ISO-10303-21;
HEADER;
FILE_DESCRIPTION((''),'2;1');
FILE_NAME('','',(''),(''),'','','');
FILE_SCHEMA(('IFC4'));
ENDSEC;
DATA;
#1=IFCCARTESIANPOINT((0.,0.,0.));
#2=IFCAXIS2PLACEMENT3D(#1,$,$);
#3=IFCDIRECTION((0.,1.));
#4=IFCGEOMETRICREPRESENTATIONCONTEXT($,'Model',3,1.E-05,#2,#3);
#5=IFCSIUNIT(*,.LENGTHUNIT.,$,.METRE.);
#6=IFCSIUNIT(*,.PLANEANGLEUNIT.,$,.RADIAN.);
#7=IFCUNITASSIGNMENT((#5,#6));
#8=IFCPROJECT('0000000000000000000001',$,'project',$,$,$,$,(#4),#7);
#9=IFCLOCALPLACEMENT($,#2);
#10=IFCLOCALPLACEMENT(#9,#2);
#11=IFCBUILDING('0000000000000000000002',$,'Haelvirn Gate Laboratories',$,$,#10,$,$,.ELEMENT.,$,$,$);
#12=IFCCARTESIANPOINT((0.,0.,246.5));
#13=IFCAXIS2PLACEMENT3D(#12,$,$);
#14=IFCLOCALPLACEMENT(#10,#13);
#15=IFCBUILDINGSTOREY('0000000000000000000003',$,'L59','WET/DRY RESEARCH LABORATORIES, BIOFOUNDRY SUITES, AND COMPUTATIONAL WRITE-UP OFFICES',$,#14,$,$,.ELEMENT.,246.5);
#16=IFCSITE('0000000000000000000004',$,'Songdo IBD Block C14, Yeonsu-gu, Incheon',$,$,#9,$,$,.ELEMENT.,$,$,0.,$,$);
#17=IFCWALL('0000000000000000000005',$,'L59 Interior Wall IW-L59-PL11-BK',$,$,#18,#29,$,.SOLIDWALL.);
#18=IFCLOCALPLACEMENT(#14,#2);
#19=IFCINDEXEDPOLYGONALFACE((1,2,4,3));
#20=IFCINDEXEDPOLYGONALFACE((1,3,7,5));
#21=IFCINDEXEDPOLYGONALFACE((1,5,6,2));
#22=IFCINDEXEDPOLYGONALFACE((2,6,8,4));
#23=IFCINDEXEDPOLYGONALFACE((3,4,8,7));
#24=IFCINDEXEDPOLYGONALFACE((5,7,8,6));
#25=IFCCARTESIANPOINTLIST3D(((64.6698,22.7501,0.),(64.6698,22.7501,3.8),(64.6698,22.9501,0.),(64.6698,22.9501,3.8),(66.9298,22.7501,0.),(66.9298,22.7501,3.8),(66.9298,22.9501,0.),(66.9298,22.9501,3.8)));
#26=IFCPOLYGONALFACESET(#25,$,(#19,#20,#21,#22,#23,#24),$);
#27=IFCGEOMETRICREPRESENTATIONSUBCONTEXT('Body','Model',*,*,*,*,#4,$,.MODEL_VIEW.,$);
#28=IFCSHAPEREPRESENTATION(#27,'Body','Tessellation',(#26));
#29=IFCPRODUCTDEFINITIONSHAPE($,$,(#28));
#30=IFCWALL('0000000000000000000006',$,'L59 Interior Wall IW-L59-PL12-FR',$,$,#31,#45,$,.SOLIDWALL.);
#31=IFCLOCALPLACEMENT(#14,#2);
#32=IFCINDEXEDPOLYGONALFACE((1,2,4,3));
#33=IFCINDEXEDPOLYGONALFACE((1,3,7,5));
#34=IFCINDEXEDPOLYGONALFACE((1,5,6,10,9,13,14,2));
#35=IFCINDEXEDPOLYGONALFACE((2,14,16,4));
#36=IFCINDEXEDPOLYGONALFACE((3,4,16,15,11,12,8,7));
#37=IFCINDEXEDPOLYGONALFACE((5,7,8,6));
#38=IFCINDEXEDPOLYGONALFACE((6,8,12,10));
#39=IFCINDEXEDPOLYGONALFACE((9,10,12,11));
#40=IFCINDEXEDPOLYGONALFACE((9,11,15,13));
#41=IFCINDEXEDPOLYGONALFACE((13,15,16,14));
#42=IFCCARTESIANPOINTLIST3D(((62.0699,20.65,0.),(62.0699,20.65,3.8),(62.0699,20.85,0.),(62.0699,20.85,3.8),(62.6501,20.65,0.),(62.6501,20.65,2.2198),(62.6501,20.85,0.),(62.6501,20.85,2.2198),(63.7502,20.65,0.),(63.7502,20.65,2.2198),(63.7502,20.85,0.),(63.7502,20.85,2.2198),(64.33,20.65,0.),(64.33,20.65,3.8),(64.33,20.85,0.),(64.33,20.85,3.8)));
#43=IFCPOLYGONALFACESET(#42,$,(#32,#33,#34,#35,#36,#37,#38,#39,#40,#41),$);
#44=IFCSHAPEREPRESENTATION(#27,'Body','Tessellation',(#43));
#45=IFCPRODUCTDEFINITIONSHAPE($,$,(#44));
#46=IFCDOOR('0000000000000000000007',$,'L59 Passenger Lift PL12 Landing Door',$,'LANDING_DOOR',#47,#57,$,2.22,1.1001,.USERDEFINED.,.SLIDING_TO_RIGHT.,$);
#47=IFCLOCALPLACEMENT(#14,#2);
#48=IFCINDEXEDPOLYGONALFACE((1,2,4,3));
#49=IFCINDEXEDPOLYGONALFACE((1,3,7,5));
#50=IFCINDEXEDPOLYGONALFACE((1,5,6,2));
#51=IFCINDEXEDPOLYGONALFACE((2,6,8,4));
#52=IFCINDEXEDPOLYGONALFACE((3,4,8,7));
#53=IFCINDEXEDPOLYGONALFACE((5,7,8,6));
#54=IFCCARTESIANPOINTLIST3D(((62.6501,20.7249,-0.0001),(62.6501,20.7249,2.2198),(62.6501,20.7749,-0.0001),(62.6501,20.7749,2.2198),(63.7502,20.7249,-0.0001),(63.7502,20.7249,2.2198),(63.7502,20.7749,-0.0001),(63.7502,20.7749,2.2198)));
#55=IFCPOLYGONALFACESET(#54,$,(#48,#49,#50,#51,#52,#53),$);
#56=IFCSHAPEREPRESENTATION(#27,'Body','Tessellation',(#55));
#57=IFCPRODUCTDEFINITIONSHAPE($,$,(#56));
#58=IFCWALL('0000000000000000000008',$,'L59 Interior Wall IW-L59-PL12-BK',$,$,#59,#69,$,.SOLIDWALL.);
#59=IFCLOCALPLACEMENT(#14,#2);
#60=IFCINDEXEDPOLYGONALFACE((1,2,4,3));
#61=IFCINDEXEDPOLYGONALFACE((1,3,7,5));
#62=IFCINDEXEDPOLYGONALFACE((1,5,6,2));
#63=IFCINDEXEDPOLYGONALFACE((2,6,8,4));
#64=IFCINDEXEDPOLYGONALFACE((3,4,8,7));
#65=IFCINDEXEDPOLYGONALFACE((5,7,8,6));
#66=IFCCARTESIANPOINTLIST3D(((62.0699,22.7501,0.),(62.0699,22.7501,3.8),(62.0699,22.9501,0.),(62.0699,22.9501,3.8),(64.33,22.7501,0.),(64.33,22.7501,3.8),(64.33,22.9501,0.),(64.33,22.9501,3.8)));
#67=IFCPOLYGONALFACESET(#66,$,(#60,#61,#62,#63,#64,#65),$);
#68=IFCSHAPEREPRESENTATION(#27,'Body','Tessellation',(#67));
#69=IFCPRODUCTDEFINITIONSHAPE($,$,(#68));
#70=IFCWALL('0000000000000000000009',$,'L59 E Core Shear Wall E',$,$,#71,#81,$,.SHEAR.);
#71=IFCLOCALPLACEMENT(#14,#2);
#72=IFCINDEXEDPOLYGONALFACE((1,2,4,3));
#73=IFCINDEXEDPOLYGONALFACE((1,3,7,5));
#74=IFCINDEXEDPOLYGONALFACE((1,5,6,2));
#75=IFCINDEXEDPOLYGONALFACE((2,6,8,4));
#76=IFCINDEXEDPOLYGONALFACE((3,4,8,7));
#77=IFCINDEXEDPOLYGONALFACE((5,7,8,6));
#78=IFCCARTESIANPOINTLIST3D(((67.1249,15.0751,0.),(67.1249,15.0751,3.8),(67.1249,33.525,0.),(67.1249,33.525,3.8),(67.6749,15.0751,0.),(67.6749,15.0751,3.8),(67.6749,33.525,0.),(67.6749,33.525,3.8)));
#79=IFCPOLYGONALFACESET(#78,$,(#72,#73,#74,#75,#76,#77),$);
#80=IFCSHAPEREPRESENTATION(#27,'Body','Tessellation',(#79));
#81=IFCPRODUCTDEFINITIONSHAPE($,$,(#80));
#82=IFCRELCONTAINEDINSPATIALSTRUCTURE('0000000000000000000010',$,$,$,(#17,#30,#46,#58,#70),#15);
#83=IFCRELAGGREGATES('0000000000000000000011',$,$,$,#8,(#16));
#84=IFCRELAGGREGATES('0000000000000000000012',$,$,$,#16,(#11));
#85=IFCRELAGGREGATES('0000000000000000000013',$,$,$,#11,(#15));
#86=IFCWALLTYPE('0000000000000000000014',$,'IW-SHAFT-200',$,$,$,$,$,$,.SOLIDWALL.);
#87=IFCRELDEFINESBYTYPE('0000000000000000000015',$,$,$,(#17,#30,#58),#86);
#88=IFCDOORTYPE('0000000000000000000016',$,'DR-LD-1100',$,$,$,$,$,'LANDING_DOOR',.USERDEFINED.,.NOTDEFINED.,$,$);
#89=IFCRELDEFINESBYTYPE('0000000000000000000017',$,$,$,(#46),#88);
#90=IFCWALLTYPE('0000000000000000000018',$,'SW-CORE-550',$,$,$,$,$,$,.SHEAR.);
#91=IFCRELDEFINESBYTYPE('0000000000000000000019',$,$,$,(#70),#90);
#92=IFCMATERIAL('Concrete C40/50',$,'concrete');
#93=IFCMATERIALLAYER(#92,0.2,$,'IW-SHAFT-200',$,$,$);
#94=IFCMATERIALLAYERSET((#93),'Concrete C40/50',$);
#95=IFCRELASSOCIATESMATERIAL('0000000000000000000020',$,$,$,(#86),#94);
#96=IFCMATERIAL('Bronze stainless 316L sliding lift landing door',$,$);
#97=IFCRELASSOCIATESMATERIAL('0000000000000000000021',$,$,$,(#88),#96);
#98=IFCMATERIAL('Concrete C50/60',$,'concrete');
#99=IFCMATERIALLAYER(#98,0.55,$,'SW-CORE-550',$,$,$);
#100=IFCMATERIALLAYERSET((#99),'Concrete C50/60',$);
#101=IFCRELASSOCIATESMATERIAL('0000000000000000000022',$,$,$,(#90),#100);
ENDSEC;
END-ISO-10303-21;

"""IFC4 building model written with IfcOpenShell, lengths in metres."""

from ifc_helpers import new_model, si_unit, direction, frame, frame_2d, origin, place, context, subcontext, project, spatial, rectangle, extrude, source, transform, mapped, material, layer, layer_set, type_object, type_shapes, element, fill, save


model = new_model("IFC4")

# Units and contexts
model_context = context("Model", 3, precision=1e-05, world=origin(), true_north=direction((0.0, 1.0)))
body_context = subcontext(model_context, "Body", "Model", "MODEL_VIEW")
ifc_project = project(units=[si_unit("LENGTHUNIT", "METRE"), si_unit("PLANEANGLEUNIT", "RADIAN")], contexts=[model_context])

# Site, building, storey
site_placement = place(None, origin())
site = spatial("IfcSite", under=ifc_project, at=site_placement, Name="Songdo IBD Block C14, Yeonsu-gu, Incheon", CompositionType="ELEMENT", RefElevation=0.0)
building_placement = place(site_placement, origin())
building = spatial("IfcBuilding", under=site, at=building_placement, Name="Haelvirn Gate Laboratories", CompositionType="ELEMENT")
storey_placement = place(building_placement, frame((0.0, 0.0, 246.5)))
storey = spatial("IfcBuildingStorey", under=building, at=storey_placement, Name="L59", Description="WET/DRY RESEARCH LABORATORIES, BIOFOUNDRY SUITES, AND COMPUTATIONAL WRITE-UP OFFICES", CompositionType="ELEMENT", Elevation=246.5)

# Shared definitions
ifc_material_1 = material(Name="Concrete C50/60", Category="concrete")

# Shared definitions
ifc_material_2 = material(Name="Concrete C40/50", Category="concrete")

# Shared definitions
ifc_layer_1 = layer(ifc_material_2, 0.2, Name="IW-SHAFT-200")
ifc_layer_set_1 = layer_set([ifc_layer_1], Name="Concrete C40/50")
wall_type_1 = type_object("IfcWallType", Name="IW-SHAFT-200", PredefinedType="SOLIDWALL", material=ifc_layer_set_1)
ifc_material_3 = material(Name="Bronze stainless 316L sliding lift landing door")
door_type_1 = type_object("IfcDoorType", Name="DR-LD-1100", ElementType="LANDING_DOOR", OperationType="NOTDEFINED", PredefinedType="USERDEFINED", material=ifc_material_3)
shared_shape_1 = source(origin(), body_context, "Body", "SweptSolid", [
    extrude(rectangle(XDim=1.1001, YDim=2.22, at=frame_2d((0.55, 1.1099))), frame((0.0, 0.0249, 0.0), z_axis=(0.0, -1.0, 0.0), x_axis=(1.0, 0.0, 0.0)), (0.0, 0.0, 1.0), 0.05),
])
type_shapes(door_type_1, [shared_shape_1])

# Wall
wall_1_placement = place(storey_placement, frame((64.6699, 22.8501, 0.0), z_axis=(0.0, 0.0, 1.0), x_axis=(1.0, 0.0, 0.0)))
element("IfcWall", 1, at=wall_1_placement, inside=storey, type_object=wall_type_1, Name="L59 Interior Wall IW-L59-PL11-BK", PredefinedType="SOLIDWALL", context=body_context, shape_type="SweptSolid", body=[
    extrude(rectangle(XDim=2.26, YDim=0.2, at=frame_2d((1.1299, 0.0))), origin(), (0.0, 0.0, 1.0), 3.8),
])

# Wall, opening, door
wall_2_placement = place(storey_placement, frame((62.0701, 20.75, 0.0), z_axis=(0.0, 0.0, 1.0), x_axis=(1.0, 0.0, 0.0)))
wall_2 = element("IfcWall", 2, at=wall_2_placement, inside=storey, type_object=wall_type_1, Name="L59 Interior Wall IW-L59-PL12-FR", PredefinedType="SOLIDWALL", context=body_context, shape_type="SweptSolid", body=[
    extrude(rectangle(XDim=2.26, YDim=0.2, at=frame_2d((1.1299, 0.0))), origin(), (0.0, 0.0, 1.0), 3.8),
])
opening_1_placement = place(wall_2_placement, frame((0.5801, 0.0, 0.0)))
opening_1 = element("IfcOpeningElement", 3, at=opening_1_placement, cuts=wall_2, PredefinedType="OPENING", context=body_context, shape_type="SweptSolid", body=[
    extrude(rectangle(XDim=1.1001, YDim=2.22, at=frame_2d((0.55, 1.1099))), frame((0.0, 0.1099, 0.0), z_axis=(0.0, -1.0, 0.0), x_axis=(1.0, 0.0, 0.0)), (0.0, 0.0, 1.0), 0.22),
])
door_1_placement = place(opening_1_placement, origin())
door_1 = element("IfcDoor", 4, at=door_1_placement, inside=storey, type_object=door_type_1, Name="L59 Passenger Lift PL12 Landing Door", ObjectType="LANDING_DOOR", OperationType="SLIDING_TO_RIGHT", OverallHeight=2.22, OverallWidth=1.1001, PredefinedType="USERDEFINED", context=body_context, shape_type="MappedRepresentation", body=[
    mapped(shared_shape_1, transform((0.0, 0.0, 0.0), scale=1.0)),
])
fill(opening_1, door_1)

# Walls
wall_3_placement = place(storey_placement, frame((62.0701, 22.8501, 0.0), z_axis=(0.0, 0.0, 1.0), x_axis=(1.0, 0.0, 0.0)))
element("IfcWall", 5, at=wall_3_placement, inside=storey, type_object=wall_type_1, Name="L59 Interior Wall IW-L59-PL12-BK", PredefinedType="SOLIDWALL", context=body_context, shape_type="SweptSolid", body=[
    extrude(rectangle(XDim=2.26, YDim=0.2, at=frame_2d((1.1299, 0.0))), origin(), (0.0, 0.0, 1.0), 3.8),
])
ifc_layer_2 = layer(ifc_material_1, 0.55, Name="SW-CORE-550")
ifc_layer_set_2 = layer_set([ifc_layer_2], Name="Concrete C50/60")
wall_type_2 = type_object("IfcWallType", Name="SW-CORE-550", PredefinedType="SHEAR", material=ifc_layer_set_2)
wall_4_placement = place(storey_placement, frame((67.3999, 15.075, 0.0), z_axis=(0.0, 0.0, 1.0), x_axis=(0.0, 1.0, 0.0)))
element("IfcWall", 6, at=wall_4_placement, inside=storey, type_object=wall_type_2, Name="L59 E Core Shear Wall E", PredefinedType="SHEAR", context=body_context, shape_type="SweptSolid", body=[
    extrude(rectangle(XDim=18.45, YDim=0.55, at=frame_2d((9.2251, 0.0))), origin(), (0.0, 0.0, 1.0), 3.8),
])

save(model, "model.ifc")
